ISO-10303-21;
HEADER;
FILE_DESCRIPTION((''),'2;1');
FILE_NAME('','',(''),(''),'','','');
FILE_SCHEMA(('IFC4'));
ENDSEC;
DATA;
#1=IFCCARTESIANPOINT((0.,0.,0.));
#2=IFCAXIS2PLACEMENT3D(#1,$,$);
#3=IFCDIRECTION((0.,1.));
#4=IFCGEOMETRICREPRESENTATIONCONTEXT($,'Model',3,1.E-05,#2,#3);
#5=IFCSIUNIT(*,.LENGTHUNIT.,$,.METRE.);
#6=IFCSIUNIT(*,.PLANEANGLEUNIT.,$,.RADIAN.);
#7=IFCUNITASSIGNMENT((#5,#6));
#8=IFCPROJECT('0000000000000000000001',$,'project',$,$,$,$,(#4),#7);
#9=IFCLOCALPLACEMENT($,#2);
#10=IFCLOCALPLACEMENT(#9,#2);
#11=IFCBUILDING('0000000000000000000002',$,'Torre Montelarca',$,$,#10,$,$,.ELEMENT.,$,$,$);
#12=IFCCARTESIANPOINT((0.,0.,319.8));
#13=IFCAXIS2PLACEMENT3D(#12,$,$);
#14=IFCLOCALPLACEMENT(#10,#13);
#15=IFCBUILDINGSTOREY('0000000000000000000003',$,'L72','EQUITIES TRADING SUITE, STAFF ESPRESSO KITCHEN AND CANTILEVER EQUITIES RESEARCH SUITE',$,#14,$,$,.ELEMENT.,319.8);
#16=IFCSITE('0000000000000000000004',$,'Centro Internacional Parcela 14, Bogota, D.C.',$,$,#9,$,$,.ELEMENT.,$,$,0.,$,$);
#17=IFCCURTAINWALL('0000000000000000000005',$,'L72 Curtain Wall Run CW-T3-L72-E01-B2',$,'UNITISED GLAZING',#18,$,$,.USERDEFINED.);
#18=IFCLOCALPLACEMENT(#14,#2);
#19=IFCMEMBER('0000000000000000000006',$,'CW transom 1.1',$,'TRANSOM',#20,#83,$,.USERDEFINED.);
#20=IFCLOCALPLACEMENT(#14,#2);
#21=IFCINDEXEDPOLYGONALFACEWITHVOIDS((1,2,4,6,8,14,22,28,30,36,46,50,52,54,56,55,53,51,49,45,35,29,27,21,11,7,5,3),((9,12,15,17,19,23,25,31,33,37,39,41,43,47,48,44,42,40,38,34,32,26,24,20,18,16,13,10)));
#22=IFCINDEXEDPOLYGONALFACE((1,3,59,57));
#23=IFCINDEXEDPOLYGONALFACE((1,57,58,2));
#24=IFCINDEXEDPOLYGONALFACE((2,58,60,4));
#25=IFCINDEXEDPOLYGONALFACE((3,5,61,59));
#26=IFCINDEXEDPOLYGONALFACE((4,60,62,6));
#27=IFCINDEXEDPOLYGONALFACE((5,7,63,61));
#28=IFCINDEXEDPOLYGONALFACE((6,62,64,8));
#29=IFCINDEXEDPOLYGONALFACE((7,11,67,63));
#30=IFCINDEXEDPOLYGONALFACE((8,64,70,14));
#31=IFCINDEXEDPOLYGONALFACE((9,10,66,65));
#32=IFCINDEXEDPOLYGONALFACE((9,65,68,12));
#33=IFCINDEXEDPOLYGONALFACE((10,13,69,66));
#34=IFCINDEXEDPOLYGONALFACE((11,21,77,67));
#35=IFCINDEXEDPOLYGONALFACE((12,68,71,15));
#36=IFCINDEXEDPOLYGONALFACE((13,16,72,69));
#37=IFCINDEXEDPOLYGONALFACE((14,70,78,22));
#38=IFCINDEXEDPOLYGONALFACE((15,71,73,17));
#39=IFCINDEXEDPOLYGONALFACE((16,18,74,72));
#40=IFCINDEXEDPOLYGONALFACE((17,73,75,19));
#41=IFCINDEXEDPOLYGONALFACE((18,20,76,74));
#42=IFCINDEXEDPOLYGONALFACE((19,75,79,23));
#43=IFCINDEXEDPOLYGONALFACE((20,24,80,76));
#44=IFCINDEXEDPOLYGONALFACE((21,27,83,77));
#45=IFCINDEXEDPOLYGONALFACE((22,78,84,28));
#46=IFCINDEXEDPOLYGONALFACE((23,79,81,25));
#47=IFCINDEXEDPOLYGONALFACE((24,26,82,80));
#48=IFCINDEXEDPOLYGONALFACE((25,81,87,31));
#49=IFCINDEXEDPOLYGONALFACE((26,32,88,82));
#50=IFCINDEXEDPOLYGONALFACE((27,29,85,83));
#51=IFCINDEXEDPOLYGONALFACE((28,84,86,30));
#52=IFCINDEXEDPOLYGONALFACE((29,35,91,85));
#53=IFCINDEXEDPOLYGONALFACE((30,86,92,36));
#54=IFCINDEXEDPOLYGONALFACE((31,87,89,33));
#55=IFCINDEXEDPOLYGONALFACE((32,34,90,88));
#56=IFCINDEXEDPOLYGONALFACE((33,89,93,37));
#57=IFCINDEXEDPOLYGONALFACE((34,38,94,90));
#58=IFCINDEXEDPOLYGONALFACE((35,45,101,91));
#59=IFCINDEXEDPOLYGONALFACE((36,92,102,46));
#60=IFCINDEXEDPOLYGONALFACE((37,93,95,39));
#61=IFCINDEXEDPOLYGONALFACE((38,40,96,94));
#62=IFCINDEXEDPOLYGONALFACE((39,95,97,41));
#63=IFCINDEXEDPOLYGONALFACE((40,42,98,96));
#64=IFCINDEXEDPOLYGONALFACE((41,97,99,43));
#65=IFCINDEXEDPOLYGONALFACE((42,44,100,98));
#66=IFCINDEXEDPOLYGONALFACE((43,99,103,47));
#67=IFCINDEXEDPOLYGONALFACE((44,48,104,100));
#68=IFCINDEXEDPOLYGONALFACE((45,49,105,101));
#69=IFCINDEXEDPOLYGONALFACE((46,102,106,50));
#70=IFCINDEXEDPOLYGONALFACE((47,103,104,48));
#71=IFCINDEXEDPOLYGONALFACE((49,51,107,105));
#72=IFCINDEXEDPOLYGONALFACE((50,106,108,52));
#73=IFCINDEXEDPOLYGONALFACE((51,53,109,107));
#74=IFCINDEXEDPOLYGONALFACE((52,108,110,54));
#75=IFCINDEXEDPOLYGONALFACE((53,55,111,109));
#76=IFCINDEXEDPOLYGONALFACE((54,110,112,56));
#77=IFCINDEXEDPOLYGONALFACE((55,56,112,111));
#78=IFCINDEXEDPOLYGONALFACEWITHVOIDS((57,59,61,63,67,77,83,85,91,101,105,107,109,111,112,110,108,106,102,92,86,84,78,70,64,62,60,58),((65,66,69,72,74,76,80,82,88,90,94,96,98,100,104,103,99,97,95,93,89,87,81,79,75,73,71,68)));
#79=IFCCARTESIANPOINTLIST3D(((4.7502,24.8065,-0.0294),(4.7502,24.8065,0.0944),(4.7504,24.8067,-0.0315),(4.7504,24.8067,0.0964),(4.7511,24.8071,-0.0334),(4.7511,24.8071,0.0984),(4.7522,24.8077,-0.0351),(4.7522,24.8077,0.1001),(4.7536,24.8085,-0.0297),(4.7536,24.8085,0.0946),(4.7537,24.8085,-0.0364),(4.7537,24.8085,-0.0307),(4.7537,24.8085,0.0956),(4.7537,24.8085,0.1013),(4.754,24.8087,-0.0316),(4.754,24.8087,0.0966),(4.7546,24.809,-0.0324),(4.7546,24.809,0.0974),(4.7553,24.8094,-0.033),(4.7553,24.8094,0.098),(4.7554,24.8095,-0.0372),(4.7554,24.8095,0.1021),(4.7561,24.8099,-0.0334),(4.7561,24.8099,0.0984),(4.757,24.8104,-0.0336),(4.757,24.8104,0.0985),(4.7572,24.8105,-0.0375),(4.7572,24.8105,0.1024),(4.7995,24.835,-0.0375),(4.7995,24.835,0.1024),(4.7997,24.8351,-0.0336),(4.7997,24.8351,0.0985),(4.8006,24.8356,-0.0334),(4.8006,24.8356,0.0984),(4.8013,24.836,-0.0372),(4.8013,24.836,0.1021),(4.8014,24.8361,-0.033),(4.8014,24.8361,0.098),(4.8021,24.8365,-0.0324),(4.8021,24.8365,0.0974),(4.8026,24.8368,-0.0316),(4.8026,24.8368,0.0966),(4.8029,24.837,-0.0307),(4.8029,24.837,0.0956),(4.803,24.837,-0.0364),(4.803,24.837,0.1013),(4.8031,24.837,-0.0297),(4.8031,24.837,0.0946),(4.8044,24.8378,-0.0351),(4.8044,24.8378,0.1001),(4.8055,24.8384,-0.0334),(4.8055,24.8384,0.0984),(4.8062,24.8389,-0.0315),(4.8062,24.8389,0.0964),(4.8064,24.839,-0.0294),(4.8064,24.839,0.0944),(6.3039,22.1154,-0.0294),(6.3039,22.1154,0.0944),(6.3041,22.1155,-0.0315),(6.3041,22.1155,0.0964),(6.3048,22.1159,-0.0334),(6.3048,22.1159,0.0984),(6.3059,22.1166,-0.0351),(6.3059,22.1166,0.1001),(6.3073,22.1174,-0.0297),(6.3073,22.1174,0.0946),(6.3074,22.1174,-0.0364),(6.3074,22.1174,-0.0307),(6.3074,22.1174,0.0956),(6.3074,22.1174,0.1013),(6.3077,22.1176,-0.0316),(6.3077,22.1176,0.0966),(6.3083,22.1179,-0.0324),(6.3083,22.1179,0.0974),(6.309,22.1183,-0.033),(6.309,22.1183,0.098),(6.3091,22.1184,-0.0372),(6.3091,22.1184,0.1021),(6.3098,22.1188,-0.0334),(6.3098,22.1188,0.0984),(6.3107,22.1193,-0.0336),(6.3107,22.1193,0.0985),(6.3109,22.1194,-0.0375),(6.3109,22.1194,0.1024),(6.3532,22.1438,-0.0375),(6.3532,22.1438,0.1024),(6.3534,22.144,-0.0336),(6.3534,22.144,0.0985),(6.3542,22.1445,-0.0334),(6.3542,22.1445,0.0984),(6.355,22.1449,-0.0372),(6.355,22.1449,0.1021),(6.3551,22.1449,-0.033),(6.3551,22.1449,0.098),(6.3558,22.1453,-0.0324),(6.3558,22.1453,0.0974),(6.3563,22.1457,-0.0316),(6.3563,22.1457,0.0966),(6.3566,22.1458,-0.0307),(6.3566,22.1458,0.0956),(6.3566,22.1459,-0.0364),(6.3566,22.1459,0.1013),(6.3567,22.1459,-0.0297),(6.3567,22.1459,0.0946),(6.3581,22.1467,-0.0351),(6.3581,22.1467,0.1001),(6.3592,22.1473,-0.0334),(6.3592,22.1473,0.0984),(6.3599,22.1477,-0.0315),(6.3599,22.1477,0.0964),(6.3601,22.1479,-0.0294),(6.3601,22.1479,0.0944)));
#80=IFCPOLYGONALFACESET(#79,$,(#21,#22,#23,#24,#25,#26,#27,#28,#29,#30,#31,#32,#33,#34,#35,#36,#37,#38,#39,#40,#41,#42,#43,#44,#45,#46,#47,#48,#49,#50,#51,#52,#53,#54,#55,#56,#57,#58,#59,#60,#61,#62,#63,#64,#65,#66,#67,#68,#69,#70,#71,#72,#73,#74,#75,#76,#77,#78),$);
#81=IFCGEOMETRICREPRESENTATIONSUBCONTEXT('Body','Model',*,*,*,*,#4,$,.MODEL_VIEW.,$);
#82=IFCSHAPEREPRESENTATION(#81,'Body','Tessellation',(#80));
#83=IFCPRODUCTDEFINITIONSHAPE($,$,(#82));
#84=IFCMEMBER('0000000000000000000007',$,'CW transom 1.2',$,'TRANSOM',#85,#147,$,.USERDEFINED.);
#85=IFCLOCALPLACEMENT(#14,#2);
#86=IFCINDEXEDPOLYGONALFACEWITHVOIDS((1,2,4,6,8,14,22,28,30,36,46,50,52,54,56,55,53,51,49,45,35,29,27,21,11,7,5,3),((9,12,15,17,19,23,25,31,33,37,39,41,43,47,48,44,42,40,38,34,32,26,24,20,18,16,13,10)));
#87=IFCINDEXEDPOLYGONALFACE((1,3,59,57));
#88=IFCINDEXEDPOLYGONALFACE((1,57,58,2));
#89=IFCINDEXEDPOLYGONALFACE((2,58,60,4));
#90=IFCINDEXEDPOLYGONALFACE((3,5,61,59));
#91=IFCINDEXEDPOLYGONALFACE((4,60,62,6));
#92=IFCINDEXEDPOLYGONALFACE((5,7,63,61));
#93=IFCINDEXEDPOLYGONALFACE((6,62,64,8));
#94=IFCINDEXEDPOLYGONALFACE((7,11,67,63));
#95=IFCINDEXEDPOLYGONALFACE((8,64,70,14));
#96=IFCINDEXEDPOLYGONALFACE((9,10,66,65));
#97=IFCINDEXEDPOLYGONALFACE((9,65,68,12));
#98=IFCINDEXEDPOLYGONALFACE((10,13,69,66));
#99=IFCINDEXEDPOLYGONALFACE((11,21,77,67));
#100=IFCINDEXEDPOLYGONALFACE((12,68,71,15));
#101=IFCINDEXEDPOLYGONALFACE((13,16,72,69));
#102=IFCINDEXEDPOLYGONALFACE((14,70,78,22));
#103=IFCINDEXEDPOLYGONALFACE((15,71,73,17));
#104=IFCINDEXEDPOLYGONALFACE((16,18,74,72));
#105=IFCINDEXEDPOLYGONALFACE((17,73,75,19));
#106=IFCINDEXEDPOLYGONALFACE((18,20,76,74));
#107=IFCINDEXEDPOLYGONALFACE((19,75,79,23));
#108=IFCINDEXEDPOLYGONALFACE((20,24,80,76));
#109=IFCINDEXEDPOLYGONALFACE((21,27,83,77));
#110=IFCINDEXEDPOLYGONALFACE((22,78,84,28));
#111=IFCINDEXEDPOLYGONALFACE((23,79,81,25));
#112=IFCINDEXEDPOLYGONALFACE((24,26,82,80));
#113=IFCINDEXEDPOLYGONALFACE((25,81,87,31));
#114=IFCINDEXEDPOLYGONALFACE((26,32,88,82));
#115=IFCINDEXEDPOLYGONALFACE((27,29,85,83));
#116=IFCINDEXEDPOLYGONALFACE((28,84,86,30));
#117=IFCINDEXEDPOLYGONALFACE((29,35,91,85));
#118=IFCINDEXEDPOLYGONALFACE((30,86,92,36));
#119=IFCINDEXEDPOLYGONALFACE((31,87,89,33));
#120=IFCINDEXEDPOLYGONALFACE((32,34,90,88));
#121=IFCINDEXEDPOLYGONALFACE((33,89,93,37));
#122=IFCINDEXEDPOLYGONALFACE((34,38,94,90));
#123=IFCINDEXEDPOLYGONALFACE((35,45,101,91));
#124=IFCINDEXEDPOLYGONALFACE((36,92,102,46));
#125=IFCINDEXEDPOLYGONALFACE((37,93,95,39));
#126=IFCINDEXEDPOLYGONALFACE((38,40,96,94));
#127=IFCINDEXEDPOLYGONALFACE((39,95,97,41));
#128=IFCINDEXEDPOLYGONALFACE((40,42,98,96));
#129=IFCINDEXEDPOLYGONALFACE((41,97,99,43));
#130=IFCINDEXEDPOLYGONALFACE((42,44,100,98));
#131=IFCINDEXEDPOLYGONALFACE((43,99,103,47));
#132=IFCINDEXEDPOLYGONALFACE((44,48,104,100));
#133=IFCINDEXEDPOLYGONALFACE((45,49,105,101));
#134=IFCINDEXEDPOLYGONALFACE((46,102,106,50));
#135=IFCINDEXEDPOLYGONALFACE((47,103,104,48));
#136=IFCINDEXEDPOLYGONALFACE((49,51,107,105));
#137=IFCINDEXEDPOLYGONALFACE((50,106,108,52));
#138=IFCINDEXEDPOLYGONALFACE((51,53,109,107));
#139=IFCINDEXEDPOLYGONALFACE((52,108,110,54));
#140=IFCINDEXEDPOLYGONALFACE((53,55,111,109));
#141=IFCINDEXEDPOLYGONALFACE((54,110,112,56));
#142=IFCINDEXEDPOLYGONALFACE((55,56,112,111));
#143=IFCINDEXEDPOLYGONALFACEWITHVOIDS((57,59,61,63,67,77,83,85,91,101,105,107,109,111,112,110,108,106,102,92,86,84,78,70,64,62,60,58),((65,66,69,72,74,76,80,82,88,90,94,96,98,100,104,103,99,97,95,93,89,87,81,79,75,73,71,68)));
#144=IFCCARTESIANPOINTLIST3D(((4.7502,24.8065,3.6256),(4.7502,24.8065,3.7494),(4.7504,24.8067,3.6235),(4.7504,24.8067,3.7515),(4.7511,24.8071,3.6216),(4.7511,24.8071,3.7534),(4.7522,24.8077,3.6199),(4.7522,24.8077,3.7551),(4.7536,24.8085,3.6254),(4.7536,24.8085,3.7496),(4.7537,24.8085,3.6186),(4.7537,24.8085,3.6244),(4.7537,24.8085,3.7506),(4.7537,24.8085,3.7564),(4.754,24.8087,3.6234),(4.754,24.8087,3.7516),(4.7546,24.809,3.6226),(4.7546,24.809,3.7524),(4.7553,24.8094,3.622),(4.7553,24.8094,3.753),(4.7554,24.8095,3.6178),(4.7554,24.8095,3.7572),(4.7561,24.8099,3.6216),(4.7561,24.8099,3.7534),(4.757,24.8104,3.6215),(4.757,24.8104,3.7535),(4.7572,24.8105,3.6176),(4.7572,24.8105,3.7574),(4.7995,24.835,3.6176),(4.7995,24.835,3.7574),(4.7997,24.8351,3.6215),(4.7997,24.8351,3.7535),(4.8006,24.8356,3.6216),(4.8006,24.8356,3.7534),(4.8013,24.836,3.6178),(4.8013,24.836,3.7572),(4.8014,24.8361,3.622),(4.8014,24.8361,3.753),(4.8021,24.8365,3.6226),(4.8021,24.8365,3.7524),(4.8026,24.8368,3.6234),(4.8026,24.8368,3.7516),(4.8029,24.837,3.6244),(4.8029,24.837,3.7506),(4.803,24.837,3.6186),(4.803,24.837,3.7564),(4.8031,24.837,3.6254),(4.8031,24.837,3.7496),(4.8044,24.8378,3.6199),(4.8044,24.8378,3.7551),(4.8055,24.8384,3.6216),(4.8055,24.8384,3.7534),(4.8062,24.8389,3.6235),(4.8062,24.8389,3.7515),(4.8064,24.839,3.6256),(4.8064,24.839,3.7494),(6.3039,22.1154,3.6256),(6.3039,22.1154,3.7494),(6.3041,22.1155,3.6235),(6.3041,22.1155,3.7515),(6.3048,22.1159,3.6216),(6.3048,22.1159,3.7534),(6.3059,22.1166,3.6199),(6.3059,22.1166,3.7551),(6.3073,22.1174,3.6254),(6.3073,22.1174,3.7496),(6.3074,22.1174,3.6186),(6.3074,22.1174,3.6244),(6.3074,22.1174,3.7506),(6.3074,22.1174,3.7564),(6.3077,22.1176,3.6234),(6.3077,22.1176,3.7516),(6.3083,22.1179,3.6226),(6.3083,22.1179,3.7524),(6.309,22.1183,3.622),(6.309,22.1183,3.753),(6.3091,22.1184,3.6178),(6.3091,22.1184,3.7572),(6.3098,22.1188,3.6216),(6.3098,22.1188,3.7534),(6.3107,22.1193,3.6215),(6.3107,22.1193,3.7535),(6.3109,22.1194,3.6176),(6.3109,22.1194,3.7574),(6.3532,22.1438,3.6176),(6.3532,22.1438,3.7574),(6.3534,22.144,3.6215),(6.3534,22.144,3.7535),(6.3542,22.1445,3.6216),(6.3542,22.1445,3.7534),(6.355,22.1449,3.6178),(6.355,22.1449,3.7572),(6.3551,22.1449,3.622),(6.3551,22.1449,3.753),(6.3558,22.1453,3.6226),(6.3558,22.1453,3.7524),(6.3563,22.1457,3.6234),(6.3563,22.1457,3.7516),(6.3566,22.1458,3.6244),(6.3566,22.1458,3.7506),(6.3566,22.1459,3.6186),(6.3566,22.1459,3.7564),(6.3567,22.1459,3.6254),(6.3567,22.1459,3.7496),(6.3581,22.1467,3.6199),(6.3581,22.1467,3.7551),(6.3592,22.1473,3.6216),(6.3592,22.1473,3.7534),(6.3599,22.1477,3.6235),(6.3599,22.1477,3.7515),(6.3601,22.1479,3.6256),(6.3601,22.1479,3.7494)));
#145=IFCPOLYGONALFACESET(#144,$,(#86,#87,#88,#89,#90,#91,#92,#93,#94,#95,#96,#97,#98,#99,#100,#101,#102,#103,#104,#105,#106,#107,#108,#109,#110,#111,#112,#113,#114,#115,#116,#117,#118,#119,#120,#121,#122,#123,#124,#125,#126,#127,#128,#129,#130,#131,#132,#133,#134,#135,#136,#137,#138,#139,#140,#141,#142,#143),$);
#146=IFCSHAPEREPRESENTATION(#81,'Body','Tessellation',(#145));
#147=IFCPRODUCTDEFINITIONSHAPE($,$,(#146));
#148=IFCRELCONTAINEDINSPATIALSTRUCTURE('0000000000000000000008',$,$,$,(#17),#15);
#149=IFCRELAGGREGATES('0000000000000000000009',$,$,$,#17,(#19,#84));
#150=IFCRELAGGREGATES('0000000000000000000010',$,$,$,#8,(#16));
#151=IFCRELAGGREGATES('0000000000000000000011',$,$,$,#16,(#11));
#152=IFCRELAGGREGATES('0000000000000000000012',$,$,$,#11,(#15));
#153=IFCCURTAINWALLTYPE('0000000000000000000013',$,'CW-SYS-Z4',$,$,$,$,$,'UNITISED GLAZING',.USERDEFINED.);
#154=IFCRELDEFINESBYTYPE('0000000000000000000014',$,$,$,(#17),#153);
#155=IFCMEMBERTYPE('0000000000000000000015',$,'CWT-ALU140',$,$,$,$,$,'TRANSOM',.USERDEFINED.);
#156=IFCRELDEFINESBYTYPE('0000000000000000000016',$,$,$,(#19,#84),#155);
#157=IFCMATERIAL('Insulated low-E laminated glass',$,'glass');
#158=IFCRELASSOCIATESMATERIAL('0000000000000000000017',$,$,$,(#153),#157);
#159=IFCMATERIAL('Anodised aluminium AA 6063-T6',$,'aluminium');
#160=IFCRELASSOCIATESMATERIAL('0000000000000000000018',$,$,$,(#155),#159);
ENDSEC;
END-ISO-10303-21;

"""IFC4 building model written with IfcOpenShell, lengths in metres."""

from ifc_helpers import new_model, si_unit, direction, frame, origin, origin_2d, place, context, subcontext, project, spatial, hollow_rectangle, extrude, source, transform, mapped, material, material_profile, profile_set, type_object, element, aggregate, save


model = new_model("IFC4")

# Units and contexts
model_context = context("Model", 3, precision=1e-05, world=origin(), true_north=direction((0.0, 1.0)))
body_context = subcontext(model_context, "Body", "Model", "MODEL_VIEW")
ifc_project = project(units=[si_unit("LENGTHUNIT", "METRE"), si_unit("PLANEANGLEUNIT", "RADIAN")], contexts=[model_context])

# Site, building, storey
site_placement = place(None, origin())
site = spatial("IfcSite", under=ifc_project, at=site_placement, Name="Centro Internacional Parcela 14, Bogota, D.C.", CompositionType="ELEMENT", RefElevation=0.0)
building_placement = place(site_placement, origin())
building = spatial("IfcBuilding", under=site, at=building_placement, Name="Torre Montelarca", CompositionType="ELEMENT")
storey_placement = place(building_placement, frame((0.0, 0.0, 319.8)))
storey = spatial("IfcBuildingStorey", under=building, at=storey_placement, Name="L72", Description="EQUITIES TRADING SUITE, STAFF ESPRESSO KITCHEN AND CANTILEVER EQUITIES RESEARCH SUITE", CompositionType="ELEMENT", Elevation=319.8)

# Curtain wall, members
ifc_material_1 = material(Name="Insulated low-E laminated glass", Category="glass")
curtain_wall_type = type_object("IfcCurtainWallType", Name="CW-SYS-Z4", ElementType="UNITISED GLAZING", PredefinedType="USERDEFINED", material=ifc_material_1)
ifc_material_2 = material(Name="Anodised aluminium AA 6063-T6", Category="aluminium")
ifc_material_profile_1 = material_profile(ifc_material_2, hollow_rectangle(XDim=0.0649, YDim=0.1399, WallThickness=0.0039, InnerFilletRadius=0.0039, OuterFilletRadius=0.0081, at=origin_2d()), Name="ALU65X140X4", Category="aluminium")
ifc_profile_set_1 = profile_set([ifc_material_profile_1], Name="Anodised aluminium AA 6063-T6")
member_type_1 = type_object("IfcMemberType", Name="CWT-ALU140", ElementType="TRANSOM", PredefinedType="USERDEFINED", material=ifc_profile_set_1)
curtain_wall_1_placement = place(storey_placement, origin())
curtain_wall_1 = element("IfcCurtainWall", 1, at=curtain_wall_1_placement, inside=storey, type_object=curtain_wall_type, Name="L72 Curtain Wall Run CW-T3-L72-E01-B2", ObjectType="UNITISED GLAZING", PredefinedType="USERDEFINED")
shared_shape_1 = source(origin(), body_context, "Body", "SweptSolid", [
    extrude(hollow_rectangle(XDim=0.0649, YDim=0.1399, WallThickness=0.0039, InnerFilletRadius=0.0039, OuterFilletRadius=0.0081, at=origin_2d()), origin(), (0.0, 0.0, 1.0), 3.1074),
])
member_1_placement = place(storey_placement, frame((4.7783, 24.8228, 0.0325), z_axis=(0.499992, -0.86603, 0.0), x_axis=(0.86603, 0.499992, 0.0)))
member_1 = element("IfcMember", 2, at=member_1_placement, type_object=member_type_1, Name="CW transom 1.1", ObjectType="TRANSOM", PredefinedType="USERDEFINED", context=body_context, shape_type="MappedRepresentation", body=[
    mapped(shared_shape_1, transform((0.0, 0.0, 0.0), scale=1.0)),
])
member_2_placement = place(storey_placement, frame((4.7783, 24.8228, 3.6875), z_axis=(0.499992, -0.86603, 0.0), x_axis=(0.86603, 0.499992, 0.0)))
member_2 = element("IfcMember", 3, at=member_2_placement, type_object=member_type_1, Name="CW transom 1.2", ObjectType="TRANSOM", PredefinedType="USERDEFINED", context=body_context, shape_type="MappedRepresentation", body=[
    mapped(shared_shape_1, transform((0.0, 0.0, 0.0), scale=1.0)),
])

aggregate(curtain_wall_1, [member_1, member_2])

save(model, "model.ifc")
